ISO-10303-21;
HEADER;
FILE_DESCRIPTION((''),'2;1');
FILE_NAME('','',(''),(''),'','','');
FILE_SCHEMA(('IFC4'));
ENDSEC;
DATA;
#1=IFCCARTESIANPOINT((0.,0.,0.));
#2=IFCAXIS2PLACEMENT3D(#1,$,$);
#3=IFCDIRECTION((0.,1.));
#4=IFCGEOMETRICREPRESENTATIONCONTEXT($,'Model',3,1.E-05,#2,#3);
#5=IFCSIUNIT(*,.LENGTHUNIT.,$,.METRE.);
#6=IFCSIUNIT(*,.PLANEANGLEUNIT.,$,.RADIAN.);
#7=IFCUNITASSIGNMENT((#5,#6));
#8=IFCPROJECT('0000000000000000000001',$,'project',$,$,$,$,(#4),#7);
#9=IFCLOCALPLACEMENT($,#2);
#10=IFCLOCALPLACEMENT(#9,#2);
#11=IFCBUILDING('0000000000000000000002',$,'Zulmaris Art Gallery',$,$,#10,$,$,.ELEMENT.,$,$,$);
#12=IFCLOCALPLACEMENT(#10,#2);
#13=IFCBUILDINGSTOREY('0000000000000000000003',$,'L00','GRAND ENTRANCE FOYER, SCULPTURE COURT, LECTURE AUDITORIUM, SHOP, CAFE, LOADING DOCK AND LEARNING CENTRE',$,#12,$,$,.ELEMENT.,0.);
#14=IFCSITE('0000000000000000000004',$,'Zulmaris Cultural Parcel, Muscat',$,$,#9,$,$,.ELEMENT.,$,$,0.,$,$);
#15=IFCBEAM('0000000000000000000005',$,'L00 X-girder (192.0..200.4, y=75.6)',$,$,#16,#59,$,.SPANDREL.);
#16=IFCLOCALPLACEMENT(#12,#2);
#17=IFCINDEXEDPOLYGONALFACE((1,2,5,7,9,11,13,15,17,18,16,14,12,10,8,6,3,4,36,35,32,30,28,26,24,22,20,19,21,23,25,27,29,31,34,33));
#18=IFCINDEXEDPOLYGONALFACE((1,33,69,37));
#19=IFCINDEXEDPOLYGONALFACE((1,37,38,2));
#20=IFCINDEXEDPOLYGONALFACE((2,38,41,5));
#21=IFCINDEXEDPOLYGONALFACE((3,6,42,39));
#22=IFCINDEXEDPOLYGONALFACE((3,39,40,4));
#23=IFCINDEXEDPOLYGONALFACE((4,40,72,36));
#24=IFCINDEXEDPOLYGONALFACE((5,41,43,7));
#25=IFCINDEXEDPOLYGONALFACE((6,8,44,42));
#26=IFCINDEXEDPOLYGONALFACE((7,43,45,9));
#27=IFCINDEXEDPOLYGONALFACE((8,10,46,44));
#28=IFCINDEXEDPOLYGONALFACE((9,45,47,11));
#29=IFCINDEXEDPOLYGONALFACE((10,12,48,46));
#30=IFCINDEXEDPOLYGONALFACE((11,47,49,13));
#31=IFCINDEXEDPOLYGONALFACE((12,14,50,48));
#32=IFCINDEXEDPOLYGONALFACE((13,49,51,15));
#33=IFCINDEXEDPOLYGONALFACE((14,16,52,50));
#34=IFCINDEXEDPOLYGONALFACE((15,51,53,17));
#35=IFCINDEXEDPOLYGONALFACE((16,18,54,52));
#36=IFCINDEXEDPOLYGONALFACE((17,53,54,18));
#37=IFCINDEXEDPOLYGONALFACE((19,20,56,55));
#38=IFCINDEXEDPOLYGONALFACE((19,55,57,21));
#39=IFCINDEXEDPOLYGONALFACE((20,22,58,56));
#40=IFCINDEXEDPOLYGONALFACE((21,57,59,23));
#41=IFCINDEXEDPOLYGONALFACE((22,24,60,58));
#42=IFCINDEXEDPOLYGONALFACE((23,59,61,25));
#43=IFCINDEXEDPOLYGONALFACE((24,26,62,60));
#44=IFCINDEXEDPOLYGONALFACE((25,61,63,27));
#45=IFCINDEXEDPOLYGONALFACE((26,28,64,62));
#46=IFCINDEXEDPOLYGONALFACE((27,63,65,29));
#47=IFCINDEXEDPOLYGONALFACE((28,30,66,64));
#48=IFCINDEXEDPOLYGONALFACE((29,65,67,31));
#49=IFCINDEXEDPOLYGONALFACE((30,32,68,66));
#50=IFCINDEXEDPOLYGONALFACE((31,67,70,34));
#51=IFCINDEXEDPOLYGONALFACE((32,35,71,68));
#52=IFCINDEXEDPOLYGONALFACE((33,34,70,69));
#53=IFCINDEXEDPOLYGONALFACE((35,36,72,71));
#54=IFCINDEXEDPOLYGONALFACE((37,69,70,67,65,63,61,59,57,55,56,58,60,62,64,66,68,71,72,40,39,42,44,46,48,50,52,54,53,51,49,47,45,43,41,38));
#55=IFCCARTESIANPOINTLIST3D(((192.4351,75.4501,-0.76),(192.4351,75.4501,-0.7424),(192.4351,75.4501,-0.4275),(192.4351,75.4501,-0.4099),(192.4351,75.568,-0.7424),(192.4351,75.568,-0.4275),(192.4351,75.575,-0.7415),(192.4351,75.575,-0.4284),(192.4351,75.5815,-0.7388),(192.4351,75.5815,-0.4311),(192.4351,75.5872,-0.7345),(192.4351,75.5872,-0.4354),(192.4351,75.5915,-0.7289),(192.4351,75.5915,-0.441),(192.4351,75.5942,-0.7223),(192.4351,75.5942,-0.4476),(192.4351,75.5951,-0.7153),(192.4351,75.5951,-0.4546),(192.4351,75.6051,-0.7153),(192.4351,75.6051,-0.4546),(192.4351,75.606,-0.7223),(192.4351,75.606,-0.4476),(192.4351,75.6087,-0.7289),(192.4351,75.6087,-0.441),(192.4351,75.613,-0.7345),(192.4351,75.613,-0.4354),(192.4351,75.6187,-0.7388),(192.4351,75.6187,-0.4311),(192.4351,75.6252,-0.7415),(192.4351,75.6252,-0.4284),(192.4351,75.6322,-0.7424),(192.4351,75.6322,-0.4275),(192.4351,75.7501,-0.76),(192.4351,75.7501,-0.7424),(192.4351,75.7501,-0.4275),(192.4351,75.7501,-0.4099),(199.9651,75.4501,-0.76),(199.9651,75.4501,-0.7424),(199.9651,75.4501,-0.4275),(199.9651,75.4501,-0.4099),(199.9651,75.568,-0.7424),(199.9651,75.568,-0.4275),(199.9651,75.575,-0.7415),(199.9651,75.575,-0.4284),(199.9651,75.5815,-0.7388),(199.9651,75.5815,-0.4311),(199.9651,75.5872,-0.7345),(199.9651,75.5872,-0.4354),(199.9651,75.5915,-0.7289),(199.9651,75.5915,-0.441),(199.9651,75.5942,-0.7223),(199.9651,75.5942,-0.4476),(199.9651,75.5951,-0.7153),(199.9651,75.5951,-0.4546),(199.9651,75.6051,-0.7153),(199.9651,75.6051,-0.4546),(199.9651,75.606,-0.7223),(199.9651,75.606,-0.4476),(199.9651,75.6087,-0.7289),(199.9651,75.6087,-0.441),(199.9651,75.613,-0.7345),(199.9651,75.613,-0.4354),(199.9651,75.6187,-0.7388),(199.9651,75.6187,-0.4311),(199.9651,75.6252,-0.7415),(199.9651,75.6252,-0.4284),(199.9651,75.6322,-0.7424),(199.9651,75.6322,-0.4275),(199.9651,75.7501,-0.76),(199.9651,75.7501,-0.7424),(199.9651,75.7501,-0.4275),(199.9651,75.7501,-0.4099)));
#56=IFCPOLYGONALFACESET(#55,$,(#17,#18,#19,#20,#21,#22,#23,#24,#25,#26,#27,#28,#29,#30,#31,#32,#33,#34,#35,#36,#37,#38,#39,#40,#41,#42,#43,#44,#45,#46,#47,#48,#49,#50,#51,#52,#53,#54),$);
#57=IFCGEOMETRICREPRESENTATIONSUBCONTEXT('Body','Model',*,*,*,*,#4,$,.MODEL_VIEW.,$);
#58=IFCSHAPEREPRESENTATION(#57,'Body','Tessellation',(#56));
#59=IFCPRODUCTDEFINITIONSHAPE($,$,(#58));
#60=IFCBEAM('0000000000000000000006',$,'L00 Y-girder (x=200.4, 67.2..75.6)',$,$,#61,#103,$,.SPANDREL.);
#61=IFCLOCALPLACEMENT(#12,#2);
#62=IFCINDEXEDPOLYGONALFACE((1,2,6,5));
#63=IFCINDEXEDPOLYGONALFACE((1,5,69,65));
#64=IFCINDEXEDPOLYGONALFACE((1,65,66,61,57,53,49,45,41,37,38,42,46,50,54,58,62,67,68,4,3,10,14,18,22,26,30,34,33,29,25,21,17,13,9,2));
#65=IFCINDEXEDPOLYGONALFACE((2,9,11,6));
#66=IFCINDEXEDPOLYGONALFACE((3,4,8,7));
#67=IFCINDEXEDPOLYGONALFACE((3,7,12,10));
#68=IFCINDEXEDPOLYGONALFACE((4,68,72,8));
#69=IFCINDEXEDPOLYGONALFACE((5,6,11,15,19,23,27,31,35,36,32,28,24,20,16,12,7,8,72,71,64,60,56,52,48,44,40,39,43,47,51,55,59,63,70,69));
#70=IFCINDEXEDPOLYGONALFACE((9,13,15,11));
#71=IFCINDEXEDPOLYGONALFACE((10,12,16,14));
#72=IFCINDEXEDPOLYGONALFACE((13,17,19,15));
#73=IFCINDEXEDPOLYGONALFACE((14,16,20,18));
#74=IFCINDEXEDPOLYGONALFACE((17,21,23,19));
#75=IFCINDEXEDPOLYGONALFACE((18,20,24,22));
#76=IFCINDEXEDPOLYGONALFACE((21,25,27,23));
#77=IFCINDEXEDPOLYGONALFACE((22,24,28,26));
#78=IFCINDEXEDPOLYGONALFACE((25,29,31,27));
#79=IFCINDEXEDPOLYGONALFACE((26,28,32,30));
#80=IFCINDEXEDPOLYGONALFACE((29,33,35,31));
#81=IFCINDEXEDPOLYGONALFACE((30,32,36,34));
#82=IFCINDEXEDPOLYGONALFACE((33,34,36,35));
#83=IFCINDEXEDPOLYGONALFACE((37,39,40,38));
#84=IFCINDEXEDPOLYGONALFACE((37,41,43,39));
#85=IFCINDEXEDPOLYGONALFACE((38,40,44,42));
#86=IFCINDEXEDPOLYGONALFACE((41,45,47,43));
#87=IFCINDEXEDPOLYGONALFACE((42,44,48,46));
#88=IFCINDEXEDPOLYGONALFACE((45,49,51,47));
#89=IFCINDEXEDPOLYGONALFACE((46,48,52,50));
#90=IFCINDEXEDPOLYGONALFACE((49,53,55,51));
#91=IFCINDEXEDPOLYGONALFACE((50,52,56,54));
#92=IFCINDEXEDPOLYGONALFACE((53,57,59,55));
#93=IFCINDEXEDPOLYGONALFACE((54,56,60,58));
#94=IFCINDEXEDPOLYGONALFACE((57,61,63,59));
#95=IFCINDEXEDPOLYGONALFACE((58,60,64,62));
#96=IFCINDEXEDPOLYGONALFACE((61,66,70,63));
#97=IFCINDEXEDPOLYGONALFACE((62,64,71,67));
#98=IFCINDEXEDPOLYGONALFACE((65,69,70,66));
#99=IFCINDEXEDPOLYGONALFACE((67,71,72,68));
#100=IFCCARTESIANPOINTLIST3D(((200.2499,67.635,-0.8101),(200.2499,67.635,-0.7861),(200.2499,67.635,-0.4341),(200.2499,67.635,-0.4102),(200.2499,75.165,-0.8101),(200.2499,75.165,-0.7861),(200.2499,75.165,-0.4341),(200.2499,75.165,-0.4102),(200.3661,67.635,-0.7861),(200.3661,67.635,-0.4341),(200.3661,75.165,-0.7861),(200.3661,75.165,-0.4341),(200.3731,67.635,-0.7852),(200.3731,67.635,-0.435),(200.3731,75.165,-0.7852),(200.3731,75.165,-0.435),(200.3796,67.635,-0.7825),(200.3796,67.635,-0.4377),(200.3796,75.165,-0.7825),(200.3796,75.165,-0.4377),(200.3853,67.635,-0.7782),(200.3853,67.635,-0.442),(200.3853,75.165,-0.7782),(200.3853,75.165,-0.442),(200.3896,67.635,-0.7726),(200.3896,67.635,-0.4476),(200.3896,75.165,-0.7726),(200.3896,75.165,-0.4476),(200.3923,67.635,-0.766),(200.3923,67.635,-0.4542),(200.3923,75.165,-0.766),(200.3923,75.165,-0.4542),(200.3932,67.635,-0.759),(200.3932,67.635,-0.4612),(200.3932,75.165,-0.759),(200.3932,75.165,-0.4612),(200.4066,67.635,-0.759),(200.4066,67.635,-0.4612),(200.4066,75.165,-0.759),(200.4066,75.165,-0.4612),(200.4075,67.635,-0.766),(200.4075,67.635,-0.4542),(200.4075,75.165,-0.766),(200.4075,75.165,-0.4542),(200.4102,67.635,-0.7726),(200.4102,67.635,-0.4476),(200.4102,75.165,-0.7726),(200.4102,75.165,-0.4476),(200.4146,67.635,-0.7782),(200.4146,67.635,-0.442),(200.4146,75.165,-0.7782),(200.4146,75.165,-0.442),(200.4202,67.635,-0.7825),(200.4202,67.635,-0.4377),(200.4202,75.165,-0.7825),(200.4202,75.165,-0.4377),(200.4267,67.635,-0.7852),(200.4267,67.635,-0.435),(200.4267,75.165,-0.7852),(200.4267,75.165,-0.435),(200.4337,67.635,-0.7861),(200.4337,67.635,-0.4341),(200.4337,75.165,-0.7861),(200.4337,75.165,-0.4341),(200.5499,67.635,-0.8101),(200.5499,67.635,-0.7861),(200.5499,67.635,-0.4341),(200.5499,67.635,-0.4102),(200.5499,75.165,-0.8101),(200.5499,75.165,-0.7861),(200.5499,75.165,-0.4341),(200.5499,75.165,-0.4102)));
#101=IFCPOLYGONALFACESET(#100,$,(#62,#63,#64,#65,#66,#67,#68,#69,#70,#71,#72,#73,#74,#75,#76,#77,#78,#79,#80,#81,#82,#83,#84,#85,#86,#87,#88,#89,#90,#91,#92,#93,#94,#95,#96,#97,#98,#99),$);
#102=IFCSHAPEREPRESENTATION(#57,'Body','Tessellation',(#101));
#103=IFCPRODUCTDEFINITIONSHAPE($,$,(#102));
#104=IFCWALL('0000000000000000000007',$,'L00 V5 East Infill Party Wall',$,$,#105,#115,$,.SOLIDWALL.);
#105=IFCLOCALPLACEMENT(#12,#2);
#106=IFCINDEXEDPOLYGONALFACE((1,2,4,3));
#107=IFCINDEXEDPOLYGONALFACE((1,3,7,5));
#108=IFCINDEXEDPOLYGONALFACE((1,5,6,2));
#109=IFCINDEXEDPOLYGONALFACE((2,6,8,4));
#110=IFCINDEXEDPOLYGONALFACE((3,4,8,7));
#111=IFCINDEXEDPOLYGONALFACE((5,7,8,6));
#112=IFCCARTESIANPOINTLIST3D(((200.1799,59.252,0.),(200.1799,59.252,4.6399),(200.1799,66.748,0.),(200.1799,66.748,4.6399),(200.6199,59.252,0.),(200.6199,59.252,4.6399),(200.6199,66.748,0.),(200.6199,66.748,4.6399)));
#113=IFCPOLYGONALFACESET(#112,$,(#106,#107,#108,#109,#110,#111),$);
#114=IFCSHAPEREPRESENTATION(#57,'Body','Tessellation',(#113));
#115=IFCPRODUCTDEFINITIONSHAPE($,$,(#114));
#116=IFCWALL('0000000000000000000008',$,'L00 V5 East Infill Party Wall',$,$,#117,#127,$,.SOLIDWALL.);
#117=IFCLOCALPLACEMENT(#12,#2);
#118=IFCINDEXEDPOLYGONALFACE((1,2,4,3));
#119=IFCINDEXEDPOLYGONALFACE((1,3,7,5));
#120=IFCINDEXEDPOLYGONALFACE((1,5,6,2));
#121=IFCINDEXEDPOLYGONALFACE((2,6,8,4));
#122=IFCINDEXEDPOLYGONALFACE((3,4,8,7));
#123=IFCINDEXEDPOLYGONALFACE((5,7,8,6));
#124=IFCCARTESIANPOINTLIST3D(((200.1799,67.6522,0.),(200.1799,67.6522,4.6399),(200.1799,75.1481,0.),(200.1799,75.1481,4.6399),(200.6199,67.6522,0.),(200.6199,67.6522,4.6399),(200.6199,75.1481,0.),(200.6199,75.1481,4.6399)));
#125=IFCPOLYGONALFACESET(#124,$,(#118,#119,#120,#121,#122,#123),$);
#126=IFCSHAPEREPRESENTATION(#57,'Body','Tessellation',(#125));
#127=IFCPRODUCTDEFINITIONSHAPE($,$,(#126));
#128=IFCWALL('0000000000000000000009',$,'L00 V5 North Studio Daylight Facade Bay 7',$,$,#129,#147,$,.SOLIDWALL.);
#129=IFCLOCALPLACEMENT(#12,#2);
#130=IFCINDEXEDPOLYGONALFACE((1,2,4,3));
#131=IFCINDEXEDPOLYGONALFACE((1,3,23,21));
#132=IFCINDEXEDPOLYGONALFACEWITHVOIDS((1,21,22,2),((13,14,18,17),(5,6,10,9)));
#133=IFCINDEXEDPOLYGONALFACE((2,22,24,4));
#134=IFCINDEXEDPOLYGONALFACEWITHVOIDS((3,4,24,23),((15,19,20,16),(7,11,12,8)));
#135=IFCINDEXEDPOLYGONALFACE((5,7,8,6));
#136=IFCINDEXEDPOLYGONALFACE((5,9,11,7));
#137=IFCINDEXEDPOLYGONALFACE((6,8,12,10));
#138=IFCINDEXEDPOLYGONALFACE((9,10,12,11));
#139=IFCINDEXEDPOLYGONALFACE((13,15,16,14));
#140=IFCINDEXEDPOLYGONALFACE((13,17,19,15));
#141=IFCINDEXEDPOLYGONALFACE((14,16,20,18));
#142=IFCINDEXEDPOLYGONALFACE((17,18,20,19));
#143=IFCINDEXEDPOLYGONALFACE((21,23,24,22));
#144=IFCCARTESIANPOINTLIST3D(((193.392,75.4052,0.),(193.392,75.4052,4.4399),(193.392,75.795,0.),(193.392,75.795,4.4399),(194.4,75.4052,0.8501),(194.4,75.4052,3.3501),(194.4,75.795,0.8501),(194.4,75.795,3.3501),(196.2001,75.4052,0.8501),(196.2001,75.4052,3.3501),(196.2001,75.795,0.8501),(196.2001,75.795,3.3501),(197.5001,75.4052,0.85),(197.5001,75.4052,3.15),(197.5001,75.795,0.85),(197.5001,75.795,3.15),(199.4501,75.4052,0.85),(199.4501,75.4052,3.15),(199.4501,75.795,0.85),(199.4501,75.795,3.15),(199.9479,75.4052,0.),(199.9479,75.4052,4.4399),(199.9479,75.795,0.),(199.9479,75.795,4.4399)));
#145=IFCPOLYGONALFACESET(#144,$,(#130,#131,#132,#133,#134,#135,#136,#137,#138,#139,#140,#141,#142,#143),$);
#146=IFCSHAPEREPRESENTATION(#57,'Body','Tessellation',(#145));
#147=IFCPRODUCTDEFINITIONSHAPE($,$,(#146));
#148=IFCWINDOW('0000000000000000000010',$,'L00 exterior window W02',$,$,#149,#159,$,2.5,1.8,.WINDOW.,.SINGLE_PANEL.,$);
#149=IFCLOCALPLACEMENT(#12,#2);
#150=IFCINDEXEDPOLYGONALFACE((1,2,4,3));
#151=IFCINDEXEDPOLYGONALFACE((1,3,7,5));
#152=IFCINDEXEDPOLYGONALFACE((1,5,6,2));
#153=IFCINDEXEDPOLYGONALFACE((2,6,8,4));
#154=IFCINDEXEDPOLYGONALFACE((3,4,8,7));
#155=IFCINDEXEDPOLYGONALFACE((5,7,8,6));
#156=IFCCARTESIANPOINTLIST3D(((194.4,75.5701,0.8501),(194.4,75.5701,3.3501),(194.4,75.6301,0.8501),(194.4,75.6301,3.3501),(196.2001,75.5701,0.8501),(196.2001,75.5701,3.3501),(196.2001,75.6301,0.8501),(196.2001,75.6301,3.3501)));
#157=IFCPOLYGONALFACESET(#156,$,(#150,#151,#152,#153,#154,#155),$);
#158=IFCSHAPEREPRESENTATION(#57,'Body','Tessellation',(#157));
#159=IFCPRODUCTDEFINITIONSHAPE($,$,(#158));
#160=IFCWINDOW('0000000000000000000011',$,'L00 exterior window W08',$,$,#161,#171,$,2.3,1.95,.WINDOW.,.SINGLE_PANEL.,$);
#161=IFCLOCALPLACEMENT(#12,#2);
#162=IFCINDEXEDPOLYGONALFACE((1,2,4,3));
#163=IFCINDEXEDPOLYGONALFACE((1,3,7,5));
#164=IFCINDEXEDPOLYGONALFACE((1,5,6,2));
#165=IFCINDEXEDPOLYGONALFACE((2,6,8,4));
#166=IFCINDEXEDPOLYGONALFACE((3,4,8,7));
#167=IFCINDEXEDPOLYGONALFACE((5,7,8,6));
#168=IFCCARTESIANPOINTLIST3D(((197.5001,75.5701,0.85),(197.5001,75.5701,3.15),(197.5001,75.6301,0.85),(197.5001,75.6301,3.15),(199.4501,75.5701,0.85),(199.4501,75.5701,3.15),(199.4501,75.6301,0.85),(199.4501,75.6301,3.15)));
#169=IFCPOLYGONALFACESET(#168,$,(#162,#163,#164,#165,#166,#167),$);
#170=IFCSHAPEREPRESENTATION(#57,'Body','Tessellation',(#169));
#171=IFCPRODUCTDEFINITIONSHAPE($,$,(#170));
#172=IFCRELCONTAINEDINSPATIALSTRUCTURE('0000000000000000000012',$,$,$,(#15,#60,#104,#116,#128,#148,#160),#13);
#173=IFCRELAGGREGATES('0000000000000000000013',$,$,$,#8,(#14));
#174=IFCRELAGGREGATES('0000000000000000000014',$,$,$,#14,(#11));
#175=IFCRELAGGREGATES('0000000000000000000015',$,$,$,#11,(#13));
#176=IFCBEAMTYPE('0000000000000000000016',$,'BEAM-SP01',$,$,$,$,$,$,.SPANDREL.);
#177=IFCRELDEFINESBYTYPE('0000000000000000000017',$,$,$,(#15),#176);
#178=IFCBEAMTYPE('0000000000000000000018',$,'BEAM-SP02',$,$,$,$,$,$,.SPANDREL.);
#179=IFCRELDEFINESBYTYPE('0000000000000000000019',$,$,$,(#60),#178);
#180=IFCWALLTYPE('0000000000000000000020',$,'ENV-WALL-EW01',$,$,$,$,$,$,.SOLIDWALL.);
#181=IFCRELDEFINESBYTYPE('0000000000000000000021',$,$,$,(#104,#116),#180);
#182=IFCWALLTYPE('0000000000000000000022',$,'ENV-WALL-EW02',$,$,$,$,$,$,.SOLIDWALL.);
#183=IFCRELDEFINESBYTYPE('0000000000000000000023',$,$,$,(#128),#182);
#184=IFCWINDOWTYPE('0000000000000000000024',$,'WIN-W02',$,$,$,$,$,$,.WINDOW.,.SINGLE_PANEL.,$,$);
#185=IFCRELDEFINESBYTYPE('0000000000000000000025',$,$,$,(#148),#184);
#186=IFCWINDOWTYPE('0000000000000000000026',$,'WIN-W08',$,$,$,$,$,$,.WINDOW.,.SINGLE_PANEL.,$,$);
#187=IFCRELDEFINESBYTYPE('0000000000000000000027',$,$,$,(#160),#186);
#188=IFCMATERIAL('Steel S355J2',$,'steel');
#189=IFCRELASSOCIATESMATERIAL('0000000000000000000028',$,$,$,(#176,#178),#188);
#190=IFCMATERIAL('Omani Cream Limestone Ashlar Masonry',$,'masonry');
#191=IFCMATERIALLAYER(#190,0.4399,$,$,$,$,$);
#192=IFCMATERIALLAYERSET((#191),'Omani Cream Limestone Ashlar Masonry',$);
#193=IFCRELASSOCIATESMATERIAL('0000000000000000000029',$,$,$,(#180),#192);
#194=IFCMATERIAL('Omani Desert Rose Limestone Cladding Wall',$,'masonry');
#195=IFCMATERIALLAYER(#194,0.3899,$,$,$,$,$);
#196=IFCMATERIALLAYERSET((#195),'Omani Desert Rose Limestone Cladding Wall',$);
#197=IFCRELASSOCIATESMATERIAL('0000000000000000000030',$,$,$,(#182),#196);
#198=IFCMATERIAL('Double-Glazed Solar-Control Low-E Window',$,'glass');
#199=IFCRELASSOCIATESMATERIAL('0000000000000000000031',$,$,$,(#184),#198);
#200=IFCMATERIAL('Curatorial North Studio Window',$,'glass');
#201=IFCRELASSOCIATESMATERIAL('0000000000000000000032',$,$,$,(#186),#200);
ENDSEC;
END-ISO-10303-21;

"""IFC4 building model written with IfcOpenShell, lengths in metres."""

from ifc_helpers import new_model, si_unit, direction, frame, frame_2d, origin, origin_2d, place, context, subcontext, project, spatial, rectangle, i_section, extrude, material, layer, layer_set, material_profile, profile_set, type_object, element, fill, save


model = new_model("IFC4")

# Units and contexts
model_context = context("Model", 3, precision=1e-05, world=origin(), true_north=direction((0.0, 1.0)))
body_context = subcontext(model_context, "Body", "Model", "MODEL_VIEW")
ifc_project = project(units=[si_unit("LENGTHUNIT", "METRE"), si_unit("PLANEANGLEUNIT", "RADIAN")], contexts=[model_context])

# Site, building, storey
site_placement = place(None, origin())
site = spatial("IfcSite", under=ifc_project, at=site_placement, Name="Zulmaris Cultural Parcel, Muscat", CompositionType="ELEMENT", RefElevation=0.0)
building_placement = place(site_placement, origin())
building = spatial("IfcBuilding", under=site, at=building_placement, Name="Zulmaris Art Gallery", CompositionType="ELEMENT")
storey_placement = place(building_placement, origin())
storey = spatial("IfcBuildingStorey", under=building, at=storey_placement, Name="L00", Description="GRAND ENTRANCE FOYER, SCULPTURE COURT, LECTURE AUDITORIUM, SHOP, CAFE, LOADING DOCK AND LEARNING CENTRE", CompositionType="ELEMENT", Elevation=0.0)

# Beams
ifc_material_1 = material(Name="Steel S355J2", Category="steel")
ifc_material_profile_1 = material_profile(ifc_material_1, i_section(OverallWidth=0.3, OverallDepth=0.3501, WebThickness=0.01, FlangeThickness=0.0176, FilletRadius=0.0271, at=origin_2d()), Name="HEA 360")
ifc_profile_set_1 = profile_set([ifc_material_profile_1], Name="Steel S355J2")
beam_type_1 = type_object("IfcBeamType", Name="BEAM-SP01", PredefinedType="SPANDREL", material=ifc_profile_set_1)
beam_1_placement = place(storey_placement, frame((192.4351, 75.6001, -0.585), z_axis=(1.0, 0.0, 0.0), x_axis=(0.0, 1.0, 0.0)))
element("IfcBeam", 1, at=beam_1_placement, inside=storey, type_object=beam_type_1, Name="L00 X-girder (192.0..200.4, y=75.6)", PredefinedType="SPANDREL", context=body_context, shape_type="SweptSolid", body=[
    extrude(i_section(OverallWidth=0.3, OverallDepth=0.3501, WebThickness=0.01, FlangeThickness=0.0176, FilletRadius=0.0271, at=origin_2d()), origin(), (0.0, 0.0, 1.0), 7.53),
])
ifc_material_profile_2 = material_profile(ifc_material_1, i_section(OverallWidth=0.3, OverallDepth=0.3999, WebThickness=0.0134, FlangeThickness=0.0239, FilletRadius=0.0271, at=origin_2d()), Name="HEB 400")
ifc_profile_set_2 = profile_set([ifc_material_profile_2], Name="Steel S355J2")
beam_type_2 = type_object("IfcBeamType", Name="BEAM-SP02", PredefinedType="SPANDREL", material=ifc_profile_set_2)
beam_2_placement = place(storey_placement, frame((200.3999, 67.635, -0.6101), z_axis=(0.0, 1.0, 0.0), x_axis=(-1.0, 0.0, 0.0)))
element("IfcBeam", 2, at=beam_2_placement, inside=storey, type_object=beam_type_2, Name="L00 Y-girder (x=200.4, 67.2..75.6)", PredefinedType="SPANDREL", context=body_context, shape_type="SweptSolid", body=[
    extrude(i_section(OverallWidth=0.3, OverallDepth=0.3999, WebThickness=0.0134, FlangeThickness=0.0239, FilletRadius=0.0271, at=origin_2d()), origin(), (0.0, 0.0, 1.0), 7.53),
])

# Walls
ifc_material_2 = material(Name="Omani Cream Limestone Ashlar Masonry", Category="masonry")
ifc_layer_1 = layer(ifc_material_2, 0.4399)
ifc_layer_set_1 = layer_set([ifc_layer_1], Name="Omani Cream Limestone Ashlar Masonry")
wall_type_1 = type_object("IfcWallType", Name="ENV-WALL-EW01", PredefinedType="SOLIDWALL", material=ifc_layer_set_1)
wall_1_placement = place(storey_placement, frame((200.3999, 59.252, 0.0), z_axis=(0.0, 0.0, 1.0), x_axis=(0.0, 1.0, 0.0)))
element("IfcWall", 3, at=wall_1_placement, inside=storey, type_object=wall_type_1, Name="L00 V5 East Infill Party Wall", PredefinedType="SOLIDWALL", context=body_context, shape_type="SweptSolid", body=[
    extrude(rectangle(XDim=7.4961, YDim=0.4399, at=frame_2d((3.748, 0.0))), origin(), (0.0, 0.0, 1.0), 4.6399),
])
wall_2_placement = place(storey_placement, frame((200.3999, 67.6521, 0.0), z_axis=(0.0, 0.0, 1.0), x_axis=(0.0, 1.0, 0.0)))
element("IfcWall", 4, at=wall_2_placement, inside=storey, type_object=wall_type_1, Name="L00 V5 East Infill Party Wall", PredefinedType="SOLIDWALL", context=body_context, shape_type="SweptSolid", body=[
    extrude(rectangle(XDim=7.4958, YDim=0.4399, at=frame_2d((3.748, 0.0))), origin(), (0.0, 0.0, 1.0), 4.6399),
])

# Wall, openings, windows
ifc_material_3 = material(Name="Omani Desert Rose Limestone Cladding Wall", Category="masonry")
ifc_layer_2 = layer(ifc_material_3, 0.3899)
ifc_layer_set_2 = layer_set([ifc_layer_2], Name="Omani Desert Rose Limestone Cladding Wall")
wall_type_2 = type_object("IfcWallType", Name="ENV-WALL-EW02", PredefinedType="SOLIDWALL", material=ifc_layer_set_2)
wall_3_placement = place(storey_placement, frame((193.3921, 75.6001, 0.0), z_axis=(0.0, 0.0, 1.0), x_axis=(1.0, 0.0, 0.0)))
wall_3 = element("IfcWall", 5, at=wall_3_placement, inside=storey, type_object=wall_type_2, Name="L00 V5 North Studio Daylight Facade Bay 7", PredefinedType="SOLIDWALL", context=body_context, shape_type="SweptSolid", body=[
    extrude(rectangle(XDim=6.5559, YDim=0.3899, at=frame_2d((3.2778, 0.0))), origin(), (0.0, 0.0, 1.0), 4.4399),
])
opening_1_placement = place(wall_3_placement, frame((1.0081, 0.0, 0.8501)))
opening_1 = element("IfcOpeningElement", 6, at=opening_1_placement, cuts=wall_3, PredefinedType="OPENING", context=body_context, shape_type="SweptSolid", body=[
    extrude(rectangle(XDim=1.8, YDim=2.5, at=frame_2d((0.8999, 1.25))), frame((0.0, 0.2048, 0.0), z_axis=(0.0, -1.0, 0.0), x_axis=(1.0, 0.0, 0.0)), (0.0, 0.0, 1.0), 0.4099),
])
opening_2_placement = place(wall_3_placement, frame((4.1079, 0.0, 0.8501)))
opening_2 = element("IfcOpeningElement", 7, at=opening_2_placement, cuts=wall_3, PredefinedType="OPENING", context=body_context, shape_type="SweptSolid", body=[
    extrude(rectangle(XDim=1.95, YDim=2.3, at=frame_2d((0.9751, 1.1499))), frame((0.0, 0.2048, 0.0), z_axis=(0.0, -1.0, 0.0), x_axis=(1.0, 0.0, 0.0)), (0.0, 0.0, 1.0), 0.4099),
])
ifc_material_4 = material(Name="Double-Glazed Solar-Control Low-E Window", Category="glass")
window_type_1 = type_object("IfcWindowType", Name="WIN-W02", PartitioningType="SINGLE_PANEL", PredefinedType="WINDOW", material=ifc_material_4)
window_1_placement = place(opening_1_placement, origin())
window_1 = element("IfcWindow", 8, at=window_1_placement, inside=storey, type_object=window_type_1, Name="L00 exterior window W02", OverallHeight=2.5, OverallWidth=1.8, PartitioningType="SINGLE_PANEL", PredefinedType="WINDOW", context=body_context, shape_type="SweptSolid", body=[
    extrude(rectangle(XDim=1.8, YDim=2.5, at=frame_2d((0.8999, 1.25))), frame((0.0, 0.03, 0.0), z_axis=(0.0, -1.0, 0.0), x_axis=(1.0, 0.0, 0.0)), (0.0, 0.0, 1.0), 0.0601),
])
fill(opening_1, window_1)
ifc_material_5 = material(Name="Curatorial North Studio Window", Category="glass")
window_type_2 = type_object("IfcWindowType", Name="WIN-W08", PartitioningType="SINGLE_PANEL", PredefinedType="WINDOW", material=ifc_material_5)
window_2_placement = place(opening_2_placement, origin())
window_2 = element("IfcWindow", 9, at=window_2_placement, inside=storey, type_object=window_type_2, Name="L00 exterior window W08", OverallHeight=2.3, OverallWidth=1.95, PartitioningType="SINGLE_PANEL", PredefinedType="WINDOW", context=body_context, shape_type="SweptSolid", body=[
    extrude(rectangle(XDim=1.95, YDim=2.3, at=frame_2d((0.9751, 1.1499))), frame((0.0, 0.03, 0.0), z_axis=(0.0, -1.0, 0.0), x_axis=(1.0, 0.0, 0.0)), (0.0, 0.0, 1.0), 0.0601),
])
fill(opening_2, window_2)

save(model, "model.ifc")
